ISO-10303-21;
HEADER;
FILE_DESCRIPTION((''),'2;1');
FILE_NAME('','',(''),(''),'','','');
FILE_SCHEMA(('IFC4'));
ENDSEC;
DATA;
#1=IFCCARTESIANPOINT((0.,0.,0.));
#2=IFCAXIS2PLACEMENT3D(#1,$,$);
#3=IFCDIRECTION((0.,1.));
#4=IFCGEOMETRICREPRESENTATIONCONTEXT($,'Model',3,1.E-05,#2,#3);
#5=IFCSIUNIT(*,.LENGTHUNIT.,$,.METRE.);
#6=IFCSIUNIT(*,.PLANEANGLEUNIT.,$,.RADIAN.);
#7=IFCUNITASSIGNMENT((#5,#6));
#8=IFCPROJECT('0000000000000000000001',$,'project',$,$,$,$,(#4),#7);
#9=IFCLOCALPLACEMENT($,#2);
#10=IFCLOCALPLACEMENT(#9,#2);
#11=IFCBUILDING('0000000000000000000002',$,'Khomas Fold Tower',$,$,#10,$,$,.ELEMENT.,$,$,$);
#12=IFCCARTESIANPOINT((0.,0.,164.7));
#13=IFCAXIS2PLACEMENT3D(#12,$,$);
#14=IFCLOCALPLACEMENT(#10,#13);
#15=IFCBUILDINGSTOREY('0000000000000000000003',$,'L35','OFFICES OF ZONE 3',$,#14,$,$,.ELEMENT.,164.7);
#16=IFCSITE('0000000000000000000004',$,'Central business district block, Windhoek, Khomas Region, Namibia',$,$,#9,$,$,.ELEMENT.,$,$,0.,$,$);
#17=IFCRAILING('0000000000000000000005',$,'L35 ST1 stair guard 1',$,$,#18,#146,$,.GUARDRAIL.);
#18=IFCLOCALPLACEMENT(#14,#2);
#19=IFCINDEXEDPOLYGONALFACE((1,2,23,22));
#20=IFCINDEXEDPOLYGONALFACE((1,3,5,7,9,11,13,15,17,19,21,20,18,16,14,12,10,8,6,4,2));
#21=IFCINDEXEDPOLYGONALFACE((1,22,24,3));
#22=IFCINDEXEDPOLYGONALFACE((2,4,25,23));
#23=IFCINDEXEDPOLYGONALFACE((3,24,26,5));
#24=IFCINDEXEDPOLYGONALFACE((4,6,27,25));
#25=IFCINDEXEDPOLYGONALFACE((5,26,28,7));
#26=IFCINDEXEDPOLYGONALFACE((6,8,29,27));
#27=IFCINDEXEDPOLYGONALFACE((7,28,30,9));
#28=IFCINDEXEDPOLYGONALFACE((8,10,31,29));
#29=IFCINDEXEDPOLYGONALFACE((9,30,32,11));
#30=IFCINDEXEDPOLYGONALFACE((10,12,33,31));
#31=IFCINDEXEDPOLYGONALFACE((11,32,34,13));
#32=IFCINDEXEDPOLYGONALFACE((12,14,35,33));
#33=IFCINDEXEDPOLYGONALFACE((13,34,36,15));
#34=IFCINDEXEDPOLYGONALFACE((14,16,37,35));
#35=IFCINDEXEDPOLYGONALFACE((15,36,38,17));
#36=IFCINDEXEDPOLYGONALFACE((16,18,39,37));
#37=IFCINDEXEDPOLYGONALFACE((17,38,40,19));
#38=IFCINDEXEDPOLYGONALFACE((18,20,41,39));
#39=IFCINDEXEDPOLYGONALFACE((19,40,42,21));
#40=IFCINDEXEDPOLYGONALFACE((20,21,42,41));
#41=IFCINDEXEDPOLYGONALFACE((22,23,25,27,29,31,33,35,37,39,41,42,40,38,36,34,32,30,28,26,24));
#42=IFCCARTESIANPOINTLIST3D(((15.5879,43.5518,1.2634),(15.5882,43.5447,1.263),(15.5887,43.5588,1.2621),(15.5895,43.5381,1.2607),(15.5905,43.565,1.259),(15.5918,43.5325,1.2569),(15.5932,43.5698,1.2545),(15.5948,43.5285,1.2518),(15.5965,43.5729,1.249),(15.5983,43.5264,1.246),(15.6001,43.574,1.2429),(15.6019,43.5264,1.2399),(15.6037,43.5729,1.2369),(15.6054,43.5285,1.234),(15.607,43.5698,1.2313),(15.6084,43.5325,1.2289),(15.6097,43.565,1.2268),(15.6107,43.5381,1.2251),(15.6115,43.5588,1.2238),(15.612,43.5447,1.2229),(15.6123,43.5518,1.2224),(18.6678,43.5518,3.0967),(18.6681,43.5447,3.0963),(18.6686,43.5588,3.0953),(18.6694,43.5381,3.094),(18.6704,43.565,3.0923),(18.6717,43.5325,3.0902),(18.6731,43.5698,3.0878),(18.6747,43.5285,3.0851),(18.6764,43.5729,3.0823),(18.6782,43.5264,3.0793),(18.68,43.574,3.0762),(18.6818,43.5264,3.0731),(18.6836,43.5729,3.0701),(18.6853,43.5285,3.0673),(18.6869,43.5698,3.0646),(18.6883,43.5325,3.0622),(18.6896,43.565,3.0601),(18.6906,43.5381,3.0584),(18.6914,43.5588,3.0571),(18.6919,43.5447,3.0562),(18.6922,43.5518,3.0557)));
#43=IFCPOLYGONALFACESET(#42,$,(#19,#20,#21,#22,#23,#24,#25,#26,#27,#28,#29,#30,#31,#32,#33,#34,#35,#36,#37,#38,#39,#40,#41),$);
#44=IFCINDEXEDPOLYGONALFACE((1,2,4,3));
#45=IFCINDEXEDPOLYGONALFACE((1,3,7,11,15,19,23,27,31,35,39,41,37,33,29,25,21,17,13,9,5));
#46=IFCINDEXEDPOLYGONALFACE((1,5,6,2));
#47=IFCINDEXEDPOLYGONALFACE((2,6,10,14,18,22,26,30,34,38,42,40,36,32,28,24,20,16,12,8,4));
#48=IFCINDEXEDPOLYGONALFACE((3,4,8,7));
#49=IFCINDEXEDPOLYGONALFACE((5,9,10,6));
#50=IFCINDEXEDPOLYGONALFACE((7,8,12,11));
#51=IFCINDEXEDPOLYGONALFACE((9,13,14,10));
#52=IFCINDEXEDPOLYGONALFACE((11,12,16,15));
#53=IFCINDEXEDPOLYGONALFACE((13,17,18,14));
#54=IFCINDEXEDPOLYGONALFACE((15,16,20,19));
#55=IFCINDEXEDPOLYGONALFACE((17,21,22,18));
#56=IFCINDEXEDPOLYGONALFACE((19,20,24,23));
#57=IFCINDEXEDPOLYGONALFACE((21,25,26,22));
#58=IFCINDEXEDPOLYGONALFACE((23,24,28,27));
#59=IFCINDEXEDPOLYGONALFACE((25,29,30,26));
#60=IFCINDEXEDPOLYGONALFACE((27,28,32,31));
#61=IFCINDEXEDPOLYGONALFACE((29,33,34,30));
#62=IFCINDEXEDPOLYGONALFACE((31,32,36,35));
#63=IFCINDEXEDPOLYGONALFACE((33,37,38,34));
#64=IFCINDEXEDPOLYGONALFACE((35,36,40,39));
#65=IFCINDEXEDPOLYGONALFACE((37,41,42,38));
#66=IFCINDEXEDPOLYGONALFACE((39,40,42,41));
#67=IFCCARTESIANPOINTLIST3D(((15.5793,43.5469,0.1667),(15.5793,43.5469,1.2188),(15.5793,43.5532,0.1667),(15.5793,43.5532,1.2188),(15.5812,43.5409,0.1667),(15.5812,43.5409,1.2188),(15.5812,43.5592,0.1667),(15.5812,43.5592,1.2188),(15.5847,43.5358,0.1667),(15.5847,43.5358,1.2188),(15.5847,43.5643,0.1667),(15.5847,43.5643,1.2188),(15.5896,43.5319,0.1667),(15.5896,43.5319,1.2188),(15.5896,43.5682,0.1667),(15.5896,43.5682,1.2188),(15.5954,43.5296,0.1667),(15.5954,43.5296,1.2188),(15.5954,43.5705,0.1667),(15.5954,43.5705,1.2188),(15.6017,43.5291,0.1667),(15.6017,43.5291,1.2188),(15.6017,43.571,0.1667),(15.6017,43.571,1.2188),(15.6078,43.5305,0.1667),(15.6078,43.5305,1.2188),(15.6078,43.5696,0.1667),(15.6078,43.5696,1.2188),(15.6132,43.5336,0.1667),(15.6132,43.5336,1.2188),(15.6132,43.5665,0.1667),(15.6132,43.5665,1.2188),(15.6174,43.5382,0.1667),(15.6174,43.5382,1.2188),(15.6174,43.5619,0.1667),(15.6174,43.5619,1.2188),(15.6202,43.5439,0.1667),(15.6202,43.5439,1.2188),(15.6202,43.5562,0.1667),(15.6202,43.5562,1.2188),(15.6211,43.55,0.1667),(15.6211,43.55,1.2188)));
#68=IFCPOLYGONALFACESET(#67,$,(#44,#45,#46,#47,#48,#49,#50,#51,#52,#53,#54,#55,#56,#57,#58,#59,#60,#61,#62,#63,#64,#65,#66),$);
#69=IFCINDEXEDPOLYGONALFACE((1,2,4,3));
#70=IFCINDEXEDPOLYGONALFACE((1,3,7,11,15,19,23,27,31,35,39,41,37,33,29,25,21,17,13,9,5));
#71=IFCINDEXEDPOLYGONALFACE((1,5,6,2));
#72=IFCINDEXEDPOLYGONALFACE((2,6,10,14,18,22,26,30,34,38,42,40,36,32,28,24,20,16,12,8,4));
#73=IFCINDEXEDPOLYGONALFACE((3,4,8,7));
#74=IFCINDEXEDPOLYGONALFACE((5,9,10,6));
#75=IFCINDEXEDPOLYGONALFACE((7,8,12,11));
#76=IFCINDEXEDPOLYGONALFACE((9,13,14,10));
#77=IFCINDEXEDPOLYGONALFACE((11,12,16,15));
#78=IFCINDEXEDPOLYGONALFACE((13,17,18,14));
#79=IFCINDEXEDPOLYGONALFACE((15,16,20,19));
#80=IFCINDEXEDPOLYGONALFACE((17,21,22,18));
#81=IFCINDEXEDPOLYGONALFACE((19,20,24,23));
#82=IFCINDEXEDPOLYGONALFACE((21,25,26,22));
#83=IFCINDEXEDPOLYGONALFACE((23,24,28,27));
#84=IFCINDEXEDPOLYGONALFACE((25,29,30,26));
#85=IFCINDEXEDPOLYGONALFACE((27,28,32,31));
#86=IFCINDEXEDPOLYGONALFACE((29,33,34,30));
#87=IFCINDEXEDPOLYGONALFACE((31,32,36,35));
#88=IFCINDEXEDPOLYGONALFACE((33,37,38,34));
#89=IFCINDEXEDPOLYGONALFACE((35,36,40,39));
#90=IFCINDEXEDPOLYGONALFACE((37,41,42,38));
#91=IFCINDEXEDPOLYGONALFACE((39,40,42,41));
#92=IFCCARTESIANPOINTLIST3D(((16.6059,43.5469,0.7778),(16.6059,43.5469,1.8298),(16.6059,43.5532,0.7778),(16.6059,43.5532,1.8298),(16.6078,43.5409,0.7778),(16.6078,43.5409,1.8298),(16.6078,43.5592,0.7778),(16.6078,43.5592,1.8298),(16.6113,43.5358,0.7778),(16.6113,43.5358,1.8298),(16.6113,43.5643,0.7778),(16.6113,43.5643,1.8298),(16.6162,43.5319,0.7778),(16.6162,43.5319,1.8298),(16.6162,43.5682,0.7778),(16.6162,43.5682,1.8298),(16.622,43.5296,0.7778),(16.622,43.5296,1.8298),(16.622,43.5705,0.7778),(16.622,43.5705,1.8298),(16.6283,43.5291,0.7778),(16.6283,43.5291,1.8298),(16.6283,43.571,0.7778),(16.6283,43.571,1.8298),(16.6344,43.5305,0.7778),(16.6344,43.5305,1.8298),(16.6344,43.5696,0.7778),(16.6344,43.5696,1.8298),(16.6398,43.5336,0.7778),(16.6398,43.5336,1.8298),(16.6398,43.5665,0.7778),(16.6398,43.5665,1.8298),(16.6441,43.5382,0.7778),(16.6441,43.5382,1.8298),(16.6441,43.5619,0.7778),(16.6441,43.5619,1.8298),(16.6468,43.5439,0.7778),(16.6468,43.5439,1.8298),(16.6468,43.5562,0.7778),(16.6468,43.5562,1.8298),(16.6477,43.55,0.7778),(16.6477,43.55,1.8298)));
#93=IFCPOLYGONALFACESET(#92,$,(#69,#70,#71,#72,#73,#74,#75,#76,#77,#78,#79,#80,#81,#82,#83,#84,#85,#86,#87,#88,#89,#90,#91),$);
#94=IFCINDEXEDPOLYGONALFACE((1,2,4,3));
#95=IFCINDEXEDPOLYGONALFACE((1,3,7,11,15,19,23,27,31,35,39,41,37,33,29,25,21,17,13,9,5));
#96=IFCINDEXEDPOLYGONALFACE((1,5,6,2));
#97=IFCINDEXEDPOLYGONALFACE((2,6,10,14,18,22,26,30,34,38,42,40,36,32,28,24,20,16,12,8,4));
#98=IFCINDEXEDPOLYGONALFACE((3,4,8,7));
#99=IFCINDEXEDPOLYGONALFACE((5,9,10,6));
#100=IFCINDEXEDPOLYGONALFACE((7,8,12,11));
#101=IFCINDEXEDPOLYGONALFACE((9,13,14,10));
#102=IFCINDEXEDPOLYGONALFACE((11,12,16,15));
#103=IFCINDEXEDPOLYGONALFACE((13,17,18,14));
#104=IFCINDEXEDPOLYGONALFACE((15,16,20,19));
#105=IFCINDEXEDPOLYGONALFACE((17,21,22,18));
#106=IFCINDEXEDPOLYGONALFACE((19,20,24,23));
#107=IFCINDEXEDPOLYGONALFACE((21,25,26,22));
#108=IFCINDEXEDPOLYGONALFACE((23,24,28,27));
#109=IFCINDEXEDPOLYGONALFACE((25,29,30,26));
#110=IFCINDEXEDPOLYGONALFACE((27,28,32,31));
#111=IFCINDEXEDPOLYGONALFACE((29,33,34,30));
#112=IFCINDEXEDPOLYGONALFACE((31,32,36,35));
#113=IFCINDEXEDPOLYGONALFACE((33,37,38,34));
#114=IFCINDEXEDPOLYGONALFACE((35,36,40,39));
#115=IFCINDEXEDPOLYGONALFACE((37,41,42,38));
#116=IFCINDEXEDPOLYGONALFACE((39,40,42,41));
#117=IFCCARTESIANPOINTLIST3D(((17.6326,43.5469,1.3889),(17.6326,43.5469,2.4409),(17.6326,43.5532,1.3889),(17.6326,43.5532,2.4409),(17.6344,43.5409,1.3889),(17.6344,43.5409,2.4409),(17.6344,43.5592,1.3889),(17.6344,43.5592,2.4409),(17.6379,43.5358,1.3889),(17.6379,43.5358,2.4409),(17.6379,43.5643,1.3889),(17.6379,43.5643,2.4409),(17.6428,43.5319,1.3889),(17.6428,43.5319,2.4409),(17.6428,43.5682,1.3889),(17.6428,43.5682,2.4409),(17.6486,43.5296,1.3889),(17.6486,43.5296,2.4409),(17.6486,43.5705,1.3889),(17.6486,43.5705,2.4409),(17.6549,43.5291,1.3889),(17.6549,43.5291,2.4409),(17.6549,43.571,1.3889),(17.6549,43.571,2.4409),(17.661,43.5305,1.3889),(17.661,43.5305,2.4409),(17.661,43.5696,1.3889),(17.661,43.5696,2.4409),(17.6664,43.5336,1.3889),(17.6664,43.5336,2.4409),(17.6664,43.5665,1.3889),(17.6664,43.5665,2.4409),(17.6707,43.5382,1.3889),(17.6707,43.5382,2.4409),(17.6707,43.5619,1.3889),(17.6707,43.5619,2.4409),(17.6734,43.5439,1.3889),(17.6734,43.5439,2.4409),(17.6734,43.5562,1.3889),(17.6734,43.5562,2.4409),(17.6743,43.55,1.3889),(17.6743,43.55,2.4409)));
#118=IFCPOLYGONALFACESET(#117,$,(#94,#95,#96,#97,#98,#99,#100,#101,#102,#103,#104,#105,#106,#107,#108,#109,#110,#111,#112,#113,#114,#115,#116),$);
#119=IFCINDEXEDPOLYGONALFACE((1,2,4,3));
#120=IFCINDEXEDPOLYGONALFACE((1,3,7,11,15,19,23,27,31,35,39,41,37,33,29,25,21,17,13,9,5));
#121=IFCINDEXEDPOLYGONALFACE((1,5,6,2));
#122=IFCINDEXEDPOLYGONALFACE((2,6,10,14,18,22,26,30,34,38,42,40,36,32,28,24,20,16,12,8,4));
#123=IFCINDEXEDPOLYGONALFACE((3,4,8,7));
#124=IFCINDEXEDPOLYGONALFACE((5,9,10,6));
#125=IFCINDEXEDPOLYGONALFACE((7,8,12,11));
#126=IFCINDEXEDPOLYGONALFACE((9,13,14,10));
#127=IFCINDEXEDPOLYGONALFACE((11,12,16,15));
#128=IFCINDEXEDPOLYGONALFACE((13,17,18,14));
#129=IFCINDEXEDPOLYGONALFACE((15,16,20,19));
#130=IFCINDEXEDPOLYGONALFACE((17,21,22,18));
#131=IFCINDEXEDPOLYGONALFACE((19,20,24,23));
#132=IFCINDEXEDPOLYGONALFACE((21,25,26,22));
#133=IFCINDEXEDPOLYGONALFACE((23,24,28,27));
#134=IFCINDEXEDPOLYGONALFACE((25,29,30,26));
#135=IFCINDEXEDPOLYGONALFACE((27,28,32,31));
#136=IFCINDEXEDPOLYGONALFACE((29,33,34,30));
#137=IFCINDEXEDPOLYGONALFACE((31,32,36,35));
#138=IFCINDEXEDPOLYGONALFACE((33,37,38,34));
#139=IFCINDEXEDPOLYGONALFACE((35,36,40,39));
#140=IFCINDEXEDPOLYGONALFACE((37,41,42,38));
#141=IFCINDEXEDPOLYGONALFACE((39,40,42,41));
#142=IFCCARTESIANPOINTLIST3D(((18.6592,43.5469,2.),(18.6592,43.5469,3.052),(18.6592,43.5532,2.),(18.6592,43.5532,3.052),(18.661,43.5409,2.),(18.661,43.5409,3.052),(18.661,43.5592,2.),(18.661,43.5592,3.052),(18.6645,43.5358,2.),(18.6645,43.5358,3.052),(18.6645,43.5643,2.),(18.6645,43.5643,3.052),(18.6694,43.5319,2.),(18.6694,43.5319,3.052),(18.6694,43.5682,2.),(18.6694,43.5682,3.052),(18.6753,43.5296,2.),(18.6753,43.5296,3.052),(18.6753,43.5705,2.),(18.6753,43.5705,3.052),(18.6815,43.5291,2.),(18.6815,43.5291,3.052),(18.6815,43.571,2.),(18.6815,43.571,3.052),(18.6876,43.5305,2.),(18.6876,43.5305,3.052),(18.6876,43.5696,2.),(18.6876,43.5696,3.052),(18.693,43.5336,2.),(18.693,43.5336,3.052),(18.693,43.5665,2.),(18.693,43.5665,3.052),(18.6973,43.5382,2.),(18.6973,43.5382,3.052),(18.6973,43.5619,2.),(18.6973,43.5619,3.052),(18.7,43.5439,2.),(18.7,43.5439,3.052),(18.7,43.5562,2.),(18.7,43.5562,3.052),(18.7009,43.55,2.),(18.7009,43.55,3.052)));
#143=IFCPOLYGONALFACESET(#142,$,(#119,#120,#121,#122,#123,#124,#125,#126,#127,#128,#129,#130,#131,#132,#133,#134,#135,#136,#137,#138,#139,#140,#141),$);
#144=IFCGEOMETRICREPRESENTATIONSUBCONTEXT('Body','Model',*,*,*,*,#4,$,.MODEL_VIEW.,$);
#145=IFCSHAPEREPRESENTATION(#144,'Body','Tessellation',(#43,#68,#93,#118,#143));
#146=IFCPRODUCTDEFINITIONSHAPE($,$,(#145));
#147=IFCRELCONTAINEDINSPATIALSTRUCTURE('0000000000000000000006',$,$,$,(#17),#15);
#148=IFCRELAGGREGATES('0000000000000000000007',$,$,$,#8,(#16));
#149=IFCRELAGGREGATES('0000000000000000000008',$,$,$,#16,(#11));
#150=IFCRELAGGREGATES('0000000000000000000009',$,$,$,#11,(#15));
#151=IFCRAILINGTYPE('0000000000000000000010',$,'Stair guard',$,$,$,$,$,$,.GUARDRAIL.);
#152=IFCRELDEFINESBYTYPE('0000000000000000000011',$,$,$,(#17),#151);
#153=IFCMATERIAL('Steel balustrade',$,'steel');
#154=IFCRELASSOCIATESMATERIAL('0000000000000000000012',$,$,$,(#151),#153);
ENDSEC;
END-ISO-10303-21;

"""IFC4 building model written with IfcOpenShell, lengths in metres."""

from ifc_helpers import new_model, si_unit, direction, frame, origin, origin_2d, place, context, subcontext, project, spatial, circle, extrude, source, transform, mapped, material, type_object, element, save


model = new_model("IFC4")

# Units and contexts
model_context = context("Model", 3, precision=1e-05, world=origin(), true_north=direction((0.0, 1.0)))
body_context = subcontext(model_context, "Body", "Model", "MODEL_VIEW")
ifc_project = project(units=[si_unit("LENGTHUNIT", "METRE"), si_unit("PLANEANGLEUNIT", "RADIAN")], contexts=[model_context])

# Site, building, storey
site_placement = place(None, origin())
site = spatial("IfcSite", under=ifc_project, at=site_placement, Name="Central business district block, Windhoek, Khomas Region, Namibia", CompositionType="ELEMENT", RefElevation=0.0)
building_placement = place(site_placement, origin())
building = spatial("IfcBuilding", under=site, at=building_placement, Name="Khomas Fold Tower", CompositionType="ELEMENT")
storey_placement = place(building_placement, frame((0.0, 0.0, 164.7)))
storey = spatial("IfcBuildingStorey", under=building, at=storey_placement, Name="L35", Description="OFFICES OF ZONE 3", CompositionType="ELEMENT", Elevation=164.7)

# Railing
ifc_material_1 = material(Name="Steel balustrade", Category="steel")
railing_type_1 = type_object("IfcRailingType", Name="Stair guard", PredefinedType="GUARDRAIL", material=ifc_material_1)
shared_shape_1 = source(origin(), body_context, "Body", "SweptSolid", [
    extrude(circle(Radius=0.0239, at=origin_2d()), frame((0.0, 0.0, 1.0762), z_axis=(0.859291, 0.0, 0.511487), x_axis=(0.0, 1.0, 0.0)), (0.0, 0.0, 1.0), 3.5842),
    extrude(circle(Radius=0.021, at=origin_2d()), origin(), (0.0, 0.0, 1.0), 1.052),
    extrude(circle(Radius=0.021, at=origin_2d()), frame((1.0266, 0.0, 0.6111)), (0.0, 0.0, 1.0), 1.052),
    extrude(circle(Radius=0.021, at=origin_2d()), frame((2.0532, 0.0, 1.2222)), (0.0, 0.0, 1.0), 1.052),
    extrude(circle(Radius=0.021, at=origin_2d()), frame((3.0798, 0.0, 1.8333)), (0.0, 0.0, 1.0), 1.052),
])
railing_1_placement = place(storey_placement, frame((15.6001, 43.55, 0.1667)))
element("IfcRailing", 1, at=railing_1_placement, inside=storey, type_object=railing_type_1, Name="L35 ST1 stair guard 1", PredefinedType="GUARDRAIL", context=body_context, shape_type="MappedRepresentation", body=[
    mapped(shared_shape_1, transform((0.0, 0.0, 0.0))),
])

save(model, "model.ifc")
